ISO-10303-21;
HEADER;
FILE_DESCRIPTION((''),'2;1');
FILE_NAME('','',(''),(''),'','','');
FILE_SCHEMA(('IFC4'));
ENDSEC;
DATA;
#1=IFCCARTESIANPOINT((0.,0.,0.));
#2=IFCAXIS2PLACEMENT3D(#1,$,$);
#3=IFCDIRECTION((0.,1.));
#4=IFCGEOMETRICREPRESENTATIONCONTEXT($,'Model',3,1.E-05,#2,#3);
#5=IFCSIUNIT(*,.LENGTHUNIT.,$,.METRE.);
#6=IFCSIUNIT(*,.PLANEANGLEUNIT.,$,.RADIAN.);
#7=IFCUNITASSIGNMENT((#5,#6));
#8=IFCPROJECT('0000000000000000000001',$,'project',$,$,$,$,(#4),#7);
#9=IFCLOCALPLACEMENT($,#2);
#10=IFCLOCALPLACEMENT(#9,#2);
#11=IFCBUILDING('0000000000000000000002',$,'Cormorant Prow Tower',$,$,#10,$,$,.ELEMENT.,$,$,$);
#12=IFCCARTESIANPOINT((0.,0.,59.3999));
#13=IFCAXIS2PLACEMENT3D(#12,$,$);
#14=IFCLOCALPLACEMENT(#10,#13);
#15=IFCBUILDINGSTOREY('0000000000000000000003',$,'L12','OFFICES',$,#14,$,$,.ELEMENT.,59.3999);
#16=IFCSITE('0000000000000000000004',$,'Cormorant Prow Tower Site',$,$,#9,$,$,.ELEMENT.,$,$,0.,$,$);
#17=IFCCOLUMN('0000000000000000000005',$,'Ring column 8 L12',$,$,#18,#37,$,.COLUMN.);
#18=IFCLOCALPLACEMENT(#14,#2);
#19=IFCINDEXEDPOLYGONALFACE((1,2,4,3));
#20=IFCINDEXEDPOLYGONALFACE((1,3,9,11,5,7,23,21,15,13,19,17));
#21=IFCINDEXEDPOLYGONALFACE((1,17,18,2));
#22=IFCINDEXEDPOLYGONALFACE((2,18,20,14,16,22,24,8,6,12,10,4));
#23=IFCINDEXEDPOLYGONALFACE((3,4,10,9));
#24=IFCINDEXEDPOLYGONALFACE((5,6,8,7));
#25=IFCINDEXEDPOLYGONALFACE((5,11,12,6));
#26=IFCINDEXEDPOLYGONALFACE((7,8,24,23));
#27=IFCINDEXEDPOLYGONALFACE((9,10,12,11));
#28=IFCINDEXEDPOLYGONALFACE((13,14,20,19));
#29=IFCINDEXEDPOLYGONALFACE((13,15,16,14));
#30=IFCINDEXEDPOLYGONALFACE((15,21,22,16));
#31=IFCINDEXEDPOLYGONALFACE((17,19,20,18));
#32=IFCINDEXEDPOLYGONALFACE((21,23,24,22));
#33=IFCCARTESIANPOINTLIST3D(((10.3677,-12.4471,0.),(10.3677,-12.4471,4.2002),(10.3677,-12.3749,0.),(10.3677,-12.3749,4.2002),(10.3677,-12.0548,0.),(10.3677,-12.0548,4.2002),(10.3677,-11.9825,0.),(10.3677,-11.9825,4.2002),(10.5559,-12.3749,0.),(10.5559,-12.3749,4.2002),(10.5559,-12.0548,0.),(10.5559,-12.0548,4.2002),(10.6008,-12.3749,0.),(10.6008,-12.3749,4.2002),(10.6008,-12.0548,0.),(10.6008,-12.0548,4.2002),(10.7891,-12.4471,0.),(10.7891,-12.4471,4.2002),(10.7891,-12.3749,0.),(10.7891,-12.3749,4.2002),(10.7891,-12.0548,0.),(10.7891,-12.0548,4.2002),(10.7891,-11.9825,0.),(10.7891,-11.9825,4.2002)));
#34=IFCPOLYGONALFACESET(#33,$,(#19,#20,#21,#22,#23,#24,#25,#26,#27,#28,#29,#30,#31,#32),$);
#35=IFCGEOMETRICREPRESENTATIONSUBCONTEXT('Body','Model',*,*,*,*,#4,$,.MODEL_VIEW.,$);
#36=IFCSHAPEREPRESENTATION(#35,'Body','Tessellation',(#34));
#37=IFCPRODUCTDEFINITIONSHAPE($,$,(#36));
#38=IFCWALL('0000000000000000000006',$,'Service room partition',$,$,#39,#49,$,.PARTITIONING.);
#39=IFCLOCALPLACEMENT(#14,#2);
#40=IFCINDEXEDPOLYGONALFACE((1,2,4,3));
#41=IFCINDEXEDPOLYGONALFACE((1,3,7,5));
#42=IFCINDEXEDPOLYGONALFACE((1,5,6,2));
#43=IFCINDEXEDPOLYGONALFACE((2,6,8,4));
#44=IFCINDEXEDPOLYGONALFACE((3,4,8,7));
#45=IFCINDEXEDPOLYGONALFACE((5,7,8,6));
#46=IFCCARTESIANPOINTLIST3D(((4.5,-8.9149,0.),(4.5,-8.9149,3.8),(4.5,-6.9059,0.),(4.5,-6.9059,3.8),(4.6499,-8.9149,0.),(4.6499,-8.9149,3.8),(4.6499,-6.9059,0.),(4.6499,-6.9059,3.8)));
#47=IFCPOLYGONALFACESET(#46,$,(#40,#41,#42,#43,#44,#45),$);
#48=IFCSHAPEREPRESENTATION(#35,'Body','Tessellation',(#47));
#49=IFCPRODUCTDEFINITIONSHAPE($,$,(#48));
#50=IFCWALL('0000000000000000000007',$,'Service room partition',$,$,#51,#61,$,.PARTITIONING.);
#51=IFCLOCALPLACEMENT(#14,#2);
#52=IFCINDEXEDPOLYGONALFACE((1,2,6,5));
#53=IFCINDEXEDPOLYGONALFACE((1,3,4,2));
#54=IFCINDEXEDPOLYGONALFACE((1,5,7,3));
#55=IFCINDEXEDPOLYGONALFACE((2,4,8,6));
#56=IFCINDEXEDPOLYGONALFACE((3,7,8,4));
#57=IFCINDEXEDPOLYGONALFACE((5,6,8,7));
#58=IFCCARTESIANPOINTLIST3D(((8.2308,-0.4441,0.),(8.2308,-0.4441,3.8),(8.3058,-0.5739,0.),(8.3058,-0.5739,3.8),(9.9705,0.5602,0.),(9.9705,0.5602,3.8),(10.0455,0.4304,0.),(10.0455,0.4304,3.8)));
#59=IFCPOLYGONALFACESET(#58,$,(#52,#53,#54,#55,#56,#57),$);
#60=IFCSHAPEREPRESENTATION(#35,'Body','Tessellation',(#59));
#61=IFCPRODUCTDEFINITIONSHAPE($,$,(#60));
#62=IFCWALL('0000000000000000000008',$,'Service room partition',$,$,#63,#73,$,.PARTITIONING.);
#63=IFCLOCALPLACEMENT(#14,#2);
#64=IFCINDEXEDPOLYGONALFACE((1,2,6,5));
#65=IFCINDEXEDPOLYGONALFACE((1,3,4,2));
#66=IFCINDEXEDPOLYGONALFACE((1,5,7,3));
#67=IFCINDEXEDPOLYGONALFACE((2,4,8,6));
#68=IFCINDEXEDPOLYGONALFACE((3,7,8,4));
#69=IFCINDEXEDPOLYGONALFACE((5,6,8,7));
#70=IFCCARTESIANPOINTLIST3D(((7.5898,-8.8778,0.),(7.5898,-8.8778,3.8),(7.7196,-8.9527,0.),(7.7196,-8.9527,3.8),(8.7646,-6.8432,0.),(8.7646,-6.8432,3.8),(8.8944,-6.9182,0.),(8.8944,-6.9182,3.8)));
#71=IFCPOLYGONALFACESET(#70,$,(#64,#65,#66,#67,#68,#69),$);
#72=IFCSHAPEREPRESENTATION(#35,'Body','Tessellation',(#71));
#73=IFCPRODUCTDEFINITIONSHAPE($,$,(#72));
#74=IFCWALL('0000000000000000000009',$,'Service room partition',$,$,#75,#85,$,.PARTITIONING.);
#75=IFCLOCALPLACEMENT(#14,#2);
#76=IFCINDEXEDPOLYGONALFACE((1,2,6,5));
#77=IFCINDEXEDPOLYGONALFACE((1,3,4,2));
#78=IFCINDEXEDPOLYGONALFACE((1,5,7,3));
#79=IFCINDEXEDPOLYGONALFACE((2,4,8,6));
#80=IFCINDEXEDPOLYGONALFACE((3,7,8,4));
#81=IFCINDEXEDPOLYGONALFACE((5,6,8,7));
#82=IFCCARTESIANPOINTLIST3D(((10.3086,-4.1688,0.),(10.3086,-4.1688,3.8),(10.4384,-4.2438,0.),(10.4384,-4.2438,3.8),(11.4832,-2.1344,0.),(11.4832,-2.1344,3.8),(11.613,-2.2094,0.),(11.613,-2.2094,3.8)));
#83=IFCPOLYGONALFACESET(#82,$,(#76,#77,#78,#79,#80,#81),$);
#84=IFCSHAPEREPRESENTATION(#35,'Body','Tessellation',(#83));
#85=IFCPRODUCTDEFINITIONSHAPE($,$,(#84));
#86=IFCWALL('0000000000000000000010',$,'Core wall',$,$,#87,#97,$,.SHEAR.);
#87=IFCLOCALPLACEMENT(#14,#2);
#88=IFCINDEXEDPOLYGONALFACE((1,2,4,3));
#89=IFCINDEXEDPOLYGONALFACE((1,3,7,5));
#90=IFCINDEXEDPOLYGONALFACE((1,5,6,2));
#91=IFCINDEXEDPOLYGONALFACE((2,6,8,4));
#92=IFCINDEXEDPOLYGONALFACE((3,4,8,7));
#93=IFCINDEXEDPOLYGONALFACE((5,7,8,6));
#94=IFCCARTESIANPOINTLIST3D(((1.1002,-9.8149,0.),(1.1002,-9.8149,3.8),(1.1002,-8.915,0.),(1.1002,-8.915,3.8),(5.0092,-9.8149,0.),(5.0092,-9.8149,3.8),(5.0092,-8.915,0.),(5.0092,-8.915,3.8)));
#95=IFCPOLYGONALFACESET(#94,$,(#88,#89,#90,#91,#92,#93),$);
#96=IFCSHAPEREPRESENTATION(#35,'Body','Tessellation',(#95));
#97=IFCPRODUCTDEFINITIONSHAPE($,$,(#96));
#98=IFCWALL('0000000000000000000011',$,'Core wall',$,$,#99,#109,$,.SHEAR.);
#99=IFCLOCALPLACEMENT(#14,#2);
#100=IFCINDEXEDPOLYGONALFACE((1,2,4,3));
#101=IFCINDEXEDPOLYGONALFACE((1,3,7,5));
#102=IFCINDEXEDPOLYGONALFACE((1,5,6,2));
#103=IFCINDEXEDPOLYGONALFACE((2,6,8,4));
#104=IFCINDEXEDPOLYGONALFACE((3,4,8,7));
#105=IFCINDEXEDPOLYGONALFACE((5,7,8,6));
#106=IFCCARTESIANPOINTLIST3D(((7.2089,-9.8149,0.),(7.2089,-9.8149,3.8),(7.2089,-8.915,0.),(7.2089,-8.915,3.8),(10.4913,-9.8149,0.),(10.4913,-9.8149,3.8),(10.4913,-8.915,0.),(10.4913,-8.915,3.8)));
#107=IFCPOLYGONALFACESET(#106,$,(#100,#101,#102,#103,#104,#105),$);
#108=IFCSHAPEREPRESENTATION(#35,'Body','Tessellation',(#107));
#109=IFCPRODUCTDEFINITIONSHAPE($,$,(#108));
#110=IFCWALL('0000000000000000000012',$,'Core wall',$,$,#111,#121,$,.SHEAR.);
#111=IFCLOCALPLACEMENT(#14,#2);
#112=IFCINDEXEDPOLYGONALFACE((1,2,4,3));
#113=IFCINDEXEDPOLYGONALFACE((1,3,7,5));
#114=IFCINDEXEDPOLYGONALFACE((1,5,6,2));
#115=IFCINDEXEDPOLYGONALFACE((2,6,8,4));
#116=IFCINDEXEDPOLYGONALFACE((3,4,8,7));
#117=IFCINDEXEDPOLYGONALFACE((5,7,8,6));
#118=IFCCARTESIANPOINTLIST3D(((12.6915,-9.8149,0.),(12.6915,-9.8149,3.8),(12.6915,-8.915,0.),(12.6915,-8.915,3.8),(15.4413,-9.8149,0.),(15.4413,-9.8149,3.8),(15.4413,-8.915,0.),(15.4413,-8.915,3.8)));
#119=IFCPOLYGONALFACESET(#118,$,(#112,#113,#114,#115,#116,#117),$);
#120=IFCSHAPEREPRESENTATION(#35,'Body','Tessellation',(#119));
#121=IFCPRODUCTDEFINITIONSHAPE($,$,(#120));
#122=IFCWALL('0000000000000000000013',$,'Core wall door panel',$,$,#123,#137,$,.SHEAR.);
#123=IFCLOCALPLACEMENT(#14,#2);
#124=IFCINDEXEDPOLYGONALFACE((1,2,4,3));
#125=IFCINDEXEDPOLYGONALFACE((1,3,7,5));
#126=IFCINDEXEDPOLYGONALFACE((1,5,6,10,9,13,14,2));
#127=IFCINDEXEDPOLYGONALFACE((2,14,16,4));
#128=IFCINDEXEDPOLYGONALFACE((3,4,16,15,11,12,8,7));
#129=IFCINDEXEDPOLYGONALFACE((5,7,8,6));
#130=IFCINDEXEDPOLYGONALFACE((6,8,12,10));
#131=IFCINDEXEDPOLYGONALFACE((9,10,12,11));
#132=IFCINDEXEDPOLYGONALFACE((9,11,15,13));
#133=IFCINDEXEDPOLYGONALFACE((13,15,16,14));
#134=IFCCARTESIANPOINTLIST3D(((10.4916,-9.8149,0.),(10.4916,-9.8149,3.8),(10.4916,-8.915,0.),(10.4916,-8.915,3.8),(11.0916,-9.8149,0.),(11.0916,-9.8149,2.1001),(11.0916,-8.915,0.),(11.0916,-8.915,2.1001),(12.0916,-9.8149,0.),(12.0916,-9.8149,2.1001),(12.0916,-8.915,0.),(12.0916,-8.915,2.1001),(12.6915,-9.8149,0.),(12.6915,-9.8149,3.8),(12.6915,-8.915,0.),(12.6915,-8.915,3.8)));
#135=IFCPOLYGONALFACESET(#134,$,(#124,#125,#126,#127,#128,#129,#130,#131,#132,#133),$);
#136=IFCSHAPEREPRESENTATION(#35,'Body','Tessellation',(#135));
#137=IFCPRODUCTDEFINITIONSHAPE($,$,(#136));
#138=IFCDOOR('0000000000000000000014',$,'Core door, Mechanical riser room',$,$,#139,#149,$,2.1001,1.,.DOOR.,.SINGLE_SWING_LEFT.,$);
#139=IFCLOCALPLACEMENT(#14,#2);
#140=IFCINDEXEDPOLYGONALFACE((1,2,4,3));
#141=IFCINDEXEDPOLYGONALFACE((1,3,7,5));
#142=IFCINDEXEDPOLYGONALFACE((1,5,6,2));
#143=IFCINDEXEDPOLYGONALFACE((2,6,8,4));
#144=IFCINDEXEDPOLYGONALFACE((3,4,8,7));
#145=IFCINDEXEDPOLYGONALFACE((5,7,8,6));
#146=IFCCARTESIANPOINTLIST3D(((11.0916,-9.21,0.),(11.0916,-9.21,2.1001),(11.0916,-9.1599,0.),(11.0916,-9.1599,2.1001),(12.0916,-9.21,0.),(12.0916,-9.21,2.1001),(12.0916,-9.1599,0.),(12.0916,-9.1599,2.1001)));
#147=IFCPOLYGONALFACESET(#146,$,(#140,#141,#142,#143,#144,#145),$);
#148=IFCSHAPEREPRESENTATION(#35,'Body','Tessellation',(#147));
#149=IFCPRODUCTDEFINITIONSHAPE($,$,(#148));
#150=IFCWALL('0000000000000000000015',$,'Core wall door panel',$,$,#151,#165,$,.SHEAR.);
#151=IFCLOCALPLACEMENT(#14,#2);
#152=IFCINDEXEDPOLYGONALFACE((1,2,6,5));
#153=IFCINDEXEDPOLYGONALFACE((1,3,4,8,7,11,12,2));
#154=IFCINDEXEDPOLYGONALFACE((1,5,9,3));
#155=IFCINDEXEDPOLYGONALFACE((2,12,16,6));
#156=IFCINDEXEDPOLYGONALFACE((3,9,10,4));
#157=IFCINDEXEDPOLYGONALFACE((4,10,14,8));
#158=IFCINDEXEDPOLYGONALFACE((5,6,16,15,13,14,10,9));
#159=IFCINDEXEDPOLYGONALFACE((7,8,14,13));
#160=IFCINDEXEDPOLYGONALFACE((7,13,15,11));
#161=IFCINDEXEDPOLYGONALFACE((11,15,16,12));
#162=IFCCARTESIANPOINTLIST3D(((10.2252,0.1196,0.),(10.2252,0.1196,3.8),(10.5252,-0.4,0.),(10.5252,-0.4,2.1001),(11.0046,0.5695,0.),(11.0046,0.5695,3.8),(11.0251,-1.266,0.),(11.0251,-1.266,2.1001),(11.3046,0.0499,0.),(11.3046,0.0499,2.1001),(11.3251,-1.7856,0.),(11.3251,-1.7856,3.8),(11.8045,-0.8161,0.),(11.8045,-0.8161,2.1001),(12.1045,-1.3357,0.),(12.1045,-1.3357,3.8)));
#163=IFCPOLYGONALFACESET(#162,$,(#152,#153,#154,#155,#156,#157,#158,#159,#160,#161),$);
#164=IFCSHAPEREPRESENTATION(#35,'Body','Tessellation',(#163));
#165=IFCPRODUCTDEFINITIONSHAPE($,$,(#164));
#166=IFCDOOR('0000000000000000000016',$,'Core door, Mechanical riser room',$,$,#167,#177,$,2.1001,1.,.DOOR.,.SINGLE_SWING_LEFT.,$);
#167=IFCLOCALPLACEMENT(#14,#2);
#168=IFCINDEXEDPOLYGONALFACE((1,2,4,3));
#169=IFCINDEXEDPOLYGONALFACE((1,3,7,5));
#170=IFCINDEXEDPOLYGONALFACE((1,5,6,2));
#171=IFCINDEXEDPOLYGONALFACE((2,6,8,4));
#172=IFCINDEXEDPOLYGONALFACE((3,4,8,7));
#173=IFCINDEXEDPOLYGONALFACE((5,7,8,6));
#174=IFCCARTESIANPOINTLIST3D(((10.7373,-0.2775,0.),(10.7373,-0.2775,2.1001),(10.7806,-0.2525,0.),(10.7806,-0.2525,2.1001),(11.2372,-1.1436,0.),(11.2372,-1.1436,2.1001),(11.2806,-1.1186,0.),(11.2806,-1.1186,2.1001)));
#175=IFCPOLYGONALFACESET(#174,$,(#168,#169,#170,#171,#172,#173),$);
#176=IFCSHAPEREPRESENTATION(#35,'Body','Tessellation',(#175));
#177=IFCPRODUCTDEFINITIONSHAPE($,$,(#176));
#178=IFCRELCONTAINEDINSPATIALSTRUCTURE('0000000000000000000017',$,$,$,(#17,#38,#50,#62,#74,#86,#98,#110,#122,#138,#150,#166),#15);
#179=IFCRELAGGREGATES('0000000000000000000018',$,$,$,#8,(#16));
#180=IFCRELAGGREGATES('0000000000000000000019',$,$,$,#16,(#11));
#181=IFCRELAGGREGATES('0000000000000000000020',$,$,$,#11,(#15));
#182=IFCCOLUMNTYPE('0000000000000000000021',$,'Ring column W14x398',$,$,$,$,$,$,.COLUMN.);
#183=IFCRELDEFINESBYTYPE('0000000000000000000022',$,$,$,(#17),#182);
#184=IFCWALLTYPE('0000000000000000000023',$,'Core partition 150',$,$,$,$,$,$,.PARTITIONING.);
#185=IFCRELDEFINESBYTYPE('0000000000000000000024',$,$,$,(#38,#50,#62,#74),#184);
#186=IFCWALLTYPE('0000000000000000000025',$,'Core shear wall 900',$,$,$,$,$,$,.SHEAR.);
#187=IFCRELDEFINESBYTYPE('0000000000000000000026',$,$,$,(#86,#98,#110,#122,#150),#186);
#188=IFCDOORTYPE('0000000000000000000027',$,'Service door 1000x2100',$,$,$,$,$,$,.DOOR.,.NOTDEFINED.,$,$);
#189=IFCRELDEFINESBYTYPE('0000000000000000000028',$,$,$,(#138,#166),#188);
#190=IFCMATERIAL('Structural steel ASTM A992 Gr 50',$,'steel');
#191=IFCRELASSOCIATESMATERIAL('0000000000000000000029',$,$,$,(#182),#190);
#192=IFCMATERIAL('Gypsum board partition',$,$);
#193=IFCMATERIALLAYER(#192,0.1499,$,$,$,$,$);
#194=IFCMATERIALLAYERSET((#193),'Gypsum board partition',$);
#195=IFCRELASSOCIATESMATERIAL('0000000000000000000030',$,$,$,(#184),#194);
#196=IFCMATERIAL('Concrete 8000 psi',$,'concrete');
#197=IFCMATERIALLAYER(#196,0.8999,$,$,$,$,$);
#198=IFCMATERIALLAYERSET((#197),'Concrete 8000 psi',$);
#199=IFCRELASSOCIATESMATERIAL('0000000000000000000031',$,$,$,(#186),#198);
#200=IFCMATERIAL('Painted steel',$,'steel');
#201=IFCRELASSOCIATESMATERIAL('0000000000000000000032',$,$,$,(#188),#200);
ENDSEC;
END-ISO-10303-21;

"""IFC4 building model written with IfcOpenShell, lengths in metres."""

from ifc_helpers import new_model, si_unit, direction, frame, frame_2d, origin, origin_2d, place, context, subcontext, project, spatial, rectangle, i_section, extrude, material, layer, layer_set, material_profile, profile_set, type_object, element, fill, save


model = new_model("IFC4")

# Units and contexts
model_context = context("Model", 3, precision=1e-05, world=origin(), true_north=direction((0.0, 1.0)))
body_context = subcontext(model_context, "Body", "Model", "MODEL_VIEW")
ifc_project = project(units=[si_unit("LENGTHUNIT", "METRE"), si_unit("PLANEANGLEUNIT", "RADIAN")], contexts=[model_context])

# Site, building, storey
site_placement = place(None, origin())
site = spatial("IfcSite", under=ifc_project, at=site_placement, Name="Cormorant Prow Tower Site", CompositionType="ELEMENT", RefElevation=0.0)
building_placement = place(site_placement, origin())
building = spatial("IfcBuilding", under=site, at=building_placement, Name="Cormorant Prow Tower", CompositionType="ELEMENT")
storey_placement = place(building_placement, frame((0.0, 0.0, 59.3999)))
storey = spatial("IfcBuildingStorey", under=building, at=storey_placement, Name="L12", Description="OFFICES", CompositionType="ELEMENT", Elevation=59.3999)

# Column
ifc_material_1 = material(Name="Structural steel ASTM A992 Gr 50", Category="steel")
ifc_material_profile = material_profile(ifc_material_1, i_section(OverallWidth=0.4214, OverallDepth=0.4646, WebThickness=0.0449, FlangeThickness=0.0723, at=origin_2d()), Name="W14x398")
ifc_profile_set = profile_set([ifc_material_profile], Name="Structural steel ASTM A992 Gr 50")
column_type = type_object("IfcColumnType", Name="Ring column W14x398", PredefinedType="COLUMN", material=ifc_profile_set)
column_placement = place(storey_placement, frame((10.5784, -12.2148, 0.0), z_axis=(0.0, 0.0, 1.0), x_axis=(1.0, 0.0, 0.0)))
element("IfcColumn", 1, at=column_placement, inside=storey, type_object=column_type, Name="Ring column 8 L12", PredefinedType="COLUMN", context=body_context, shape_type="SweptSolid", body=[
    extrude(i_section(OverallWidth=0.4214, OverallDepth=0.4646, WebThickness=0.0449, FlangeThickness=0.0723, at=origin_2d()), origin(), (0.0, 0.0, 1.0), 4.2002),
])

# Walls
ifc_material_2 = material(Name="Gypsum board partition")
ifc_layer_1 = layer(ifc_material_2, 0.1499)
ifc_layer_set_1 = layer_set([ifc_layer_1], Name="Gypsum board partition")
wall_type_1 = type_object("IfcWallType", Name="Core partition 150", PredefinedType="PARTITIONING", material=ifc_layer_set_1)
wall_1_placement = place(storey_placement, frame((4.575, -6.906, 0.0), z_axis=(0.0, 0.0, 1.0), x_axis=(0.0, -1.0, 0.0)))
element("IfcWall", 2, at=wall_1_placement, inside=storey, type_object=wall_type_1, Name="Service room partition", PredefinedType="PARTITIONING", context=body_context, shape_type="SweptSolid", body=[
    extrude(rectangle(XDim=2.009, YDim=0.1499, at=frame_2d((1.0044, 0.0))), origin(), (0.0, 0.0, 1.0), 3.8),
])
wall_2_placement = place(storey_placement, frame((8.2683, -0.509, 0.0), z_axis=(0.0, 0.0, 1.0), x_axis=(0.866036, 0.499982, 0.0)))
element("IfcWall", 3, at=wall_2_placement, inside=storey, type_object=wall_type_1, Name="Service room partition", PredefinedType="PARTITIONING", context=body_context, shape_type="SweptSolid", body=[
    extrude(rectangle(XDim=2.0088, YDim=0.1499, at=frame_2d((1.0044, 0.0))), origin(), (0.0, 0.0, 1.0), 3.8),
])
wall_3_placement = place(storey_placement, frame((8.8296, -6.8806, 0.0), z_axis=(0.0, 0.0, 1.0), x_axis=(-0.500073, -0.865983, 0.0)))
element("IfcWall", 4, at=wall_3_placement, inside=storey, type_object=wall_type_1, Name="Service room partition", PredefinedType="PARTITIONING", context=body_context, shape_type="SweptSolid", body=[
    extrude(rectangle(XDim=2.3494, YDim=0.1499, at=frame_2d((1.1748, 0.0))), origin(), (0.0, 0.0, 1.0), 3.8),
])
wall_4_placement = place(storey_placement, frame((10.3735, -4.2063, 0.0), z_axis=(0.0, 0.0, 1.0), x_axis=(0.499995, 0.866028, 0.0)))
element("IfcWall", 5, at=wall_4_placement, inside=storey, type_object=wall_type_1, Name="Service room partition", PredefinedType="PARTITIONING", context=body_context, shape_type="SweptSolid", body=[
    extrude(rectangle(XDim=2.3491, YDim=0.1499, at=frame_2d((1.1746, 0.0))), origin(), (0.0, 0.0, 1.0), 3.8),
])
ifc_material_3 = material(Name="Concrete 8000 psi", Category="concrete")
ifc_layer_2 = layer(ifc_material_3, 0.8999)
ifc_layer_set_2 = layer_set([ifc_layer_2], Name="Concrete 8000 psi")
wall_type_2 = type_object("IfcWallType", Name="Core shear wall 900", PredefinedType="SHEAR", material=ifc_layer_set_2)
wall_5_placement = place(storey_placement, frame((1.1001, -9.365, 0.0), z_axis=(0.0, 0.0, 1.0), x_axis=(1.0, 0.0, 0.0)))
element("IfcWall", 6, at=wall_5_placement, inside=storey, type_object=wall_type_2, Name="Core wall", PredefinedType="SHEAR", context=body_context, shape_type="SweptSolid", body=[
    extrude(rectangle(XDim=3.9089, YDim=0.8999, at=frame_2d((1.9546, 0.0))), origin(), (0.0, 0.0, 1.0), 3.8),
])
wall_6_placement = place(storey_placement, frame((7.209, -9.365, 0.0), z_axis=(0.0, 0.0, 1.0), x_axis=(1.0, 0.0, 0.0)))
element("IfcWall", 7, at=wall_6_placement, inside=storey, type_object=wall_type_2, Name="Core wall", PredefinedType="SHEAR", context=body_context, shape_type="SweptSolid", body=[
    extrude(rectangle(XDim=3.2825, YDim=0.8999, at=frame_2d((1.6411, 0.0))), origin(), (0.0, 0.0, 1.0), 3.8),
])
wall_7_placement = place(storey_placement, frame((12.6914, -9.365, 0.0), z_axis=(0.0, 0.0, 1.0), x_axis=(1.0, 0.0, 0.0)))
element("IfcWall", 8, at=wall_7_placement, inside=storey, type_object=wall_type_2, Name="Core wall", PredefinedType="SHEAR", context=body_context, shape_type="SweptSolid", body=[
    extrude(rectangle(XDim=2.7498, YDim=0.8999, at=frame_2d((1.375, 0.0))), origin(), (0.0, 0.0, 1.0), 3.8),
])

# Walls, openings, doors
wall_8_placement = place(storey_placement, frame((10.4915, -9.365, 0.0), z_axis=(0.0, 0.0, 1.0), x_axis=(1.0, 0.0, 0.0)))
wall_8 = element("IfcWall", 9, at=wall_8_placement, inside=storey, type_object=wall_type_2, Name="Core wall door panel", PredefinedType="SHEAR", context=body_context, shape_type="SweptSolid", body=[
    extrude(rectangle(XDim=2.2, YDim=0.8999, at=frame_2d((1.1001, 0.0))), origin(), (0.0, 0.0, 1.0), 3.8),
])
opening_1_placement = place(wall_8_placement, frame((0.6001, 0.0, 0.0)))
opening_1 = element("IfcOpeningElement", 10, at=opening_1_placement, cuts=wall_8, PredefinedType="OPENING", context=body_context, shape_type="SweptSolid", body=[
    extrude(rectangle(XDim=1.0, YDim=2.1001, at=frame_2d((0.5, 1.05))), frame((0.0, 0.46, 0.0), z_axis=(0.0, -1.0, 0.0), x_axis=(1.0, 0.0, 0.0)), (0.0, 0.0, 1.0), 0.9199),
])
ifc_material_4 = material(Name="Painted steel", Category="steel")
door_type_1 = type_object("IfcDoorType", Name="Service door 1000x2100", OperationType="NOTDEFINED", PredefinedType="DOOR", material=ifc_material_4)
door_1_placement = place(opening_1_placement, origin())
door_1 = element("IfcDoor", 11, at=door_1_placement, inside=storey, type_object=door_type_1, Name="Core door, Mechanical riser room", OperationType="SINGLE_SWING_LEFT", OverallHeight=2.1001, OverallWidth=1.0, PredefinedType="DOOR", context=body_context, shape_type="SweptSolid", body=[
    extrude(rectangle(XDim=1.0, YDim=2.1001, at=frame_2d((0.5, 1.05))), frame((0.0, 0.2051, 0.0), z_axis=(0.0, -1.0, 0.0), x_axis=(1.0, 0.0, 0.0)), (0.0, 0.0, 1.0), 0.05),
])
fill(opening_1, door_1)
wall_9_placement = place(storey_placement, frame((11.7148, -1.5608, 0.0), z_axis=(0.0, 0.0, 1.0), x_axis=(-0.499947, 0.866056, 0.0)))
wall_9 = element("IfcWall", 12, at=wall_9_placement, inside=storey, type_object=wall_type_2, Name="Core wall door panel", PredefinedType="SHEAR", context=body_context, shape_type="SweptSolid", body=[
    extrude(rectangle(XDim=2.2, YDim=0.8999, at=frame_2d((1.1001, 0.0))), origin(), (0.0, 0.0, 1.0), 3.8),
])
opening_2_placement = place(wall_9_placement, frame((0.6001, 0.0, 0.0)))
opening_2 = element("IfcOpeningElement", 13, at=opening_2_placement, cuts=wall_9, PredefinedType="OPENING", context=body_context, shape_type="SweptSolid", body=[
    extrude(rectangle(XDim=1.0, YDim=2.1001, at=frame_2d((0.5, 1.05))), frame((0.0, 0.46, 0.0), z_axis=(0.0, -1.0, 0.0), x_axis=(1.0, 0.0, 0.0)), (0.0, 0.0, 1.0), 0.9199),
])
door_2_placement = place(opening_2_placement, origin())
door_2 = element("IfcDoor", 14, at=door_2_placement, inside=storey, type_object=door_type_1, Name="Core door, Mechanical riser room", OperationType="SINGLE_SWING_LEFT", OverallHeight=2.1001, OverallWidth=1.0, PredefinedType="DOOR", context=body_context, shape_type="SweptSolid", body=[
    extrude(rectangle(XDim=1.0, YDim=2.1001, at=frame_2d((0.5, 1.05))), frame((0.0, 0.2051, 0.0), z_axis=(0.0, -1.0, 0.0), x_axis=(1.0, 0.0, 0.0)), (0.0, 0.0, 1.0), 0.05),
])
fill(opening_2, door_2)

save(model, "model.ifc")
